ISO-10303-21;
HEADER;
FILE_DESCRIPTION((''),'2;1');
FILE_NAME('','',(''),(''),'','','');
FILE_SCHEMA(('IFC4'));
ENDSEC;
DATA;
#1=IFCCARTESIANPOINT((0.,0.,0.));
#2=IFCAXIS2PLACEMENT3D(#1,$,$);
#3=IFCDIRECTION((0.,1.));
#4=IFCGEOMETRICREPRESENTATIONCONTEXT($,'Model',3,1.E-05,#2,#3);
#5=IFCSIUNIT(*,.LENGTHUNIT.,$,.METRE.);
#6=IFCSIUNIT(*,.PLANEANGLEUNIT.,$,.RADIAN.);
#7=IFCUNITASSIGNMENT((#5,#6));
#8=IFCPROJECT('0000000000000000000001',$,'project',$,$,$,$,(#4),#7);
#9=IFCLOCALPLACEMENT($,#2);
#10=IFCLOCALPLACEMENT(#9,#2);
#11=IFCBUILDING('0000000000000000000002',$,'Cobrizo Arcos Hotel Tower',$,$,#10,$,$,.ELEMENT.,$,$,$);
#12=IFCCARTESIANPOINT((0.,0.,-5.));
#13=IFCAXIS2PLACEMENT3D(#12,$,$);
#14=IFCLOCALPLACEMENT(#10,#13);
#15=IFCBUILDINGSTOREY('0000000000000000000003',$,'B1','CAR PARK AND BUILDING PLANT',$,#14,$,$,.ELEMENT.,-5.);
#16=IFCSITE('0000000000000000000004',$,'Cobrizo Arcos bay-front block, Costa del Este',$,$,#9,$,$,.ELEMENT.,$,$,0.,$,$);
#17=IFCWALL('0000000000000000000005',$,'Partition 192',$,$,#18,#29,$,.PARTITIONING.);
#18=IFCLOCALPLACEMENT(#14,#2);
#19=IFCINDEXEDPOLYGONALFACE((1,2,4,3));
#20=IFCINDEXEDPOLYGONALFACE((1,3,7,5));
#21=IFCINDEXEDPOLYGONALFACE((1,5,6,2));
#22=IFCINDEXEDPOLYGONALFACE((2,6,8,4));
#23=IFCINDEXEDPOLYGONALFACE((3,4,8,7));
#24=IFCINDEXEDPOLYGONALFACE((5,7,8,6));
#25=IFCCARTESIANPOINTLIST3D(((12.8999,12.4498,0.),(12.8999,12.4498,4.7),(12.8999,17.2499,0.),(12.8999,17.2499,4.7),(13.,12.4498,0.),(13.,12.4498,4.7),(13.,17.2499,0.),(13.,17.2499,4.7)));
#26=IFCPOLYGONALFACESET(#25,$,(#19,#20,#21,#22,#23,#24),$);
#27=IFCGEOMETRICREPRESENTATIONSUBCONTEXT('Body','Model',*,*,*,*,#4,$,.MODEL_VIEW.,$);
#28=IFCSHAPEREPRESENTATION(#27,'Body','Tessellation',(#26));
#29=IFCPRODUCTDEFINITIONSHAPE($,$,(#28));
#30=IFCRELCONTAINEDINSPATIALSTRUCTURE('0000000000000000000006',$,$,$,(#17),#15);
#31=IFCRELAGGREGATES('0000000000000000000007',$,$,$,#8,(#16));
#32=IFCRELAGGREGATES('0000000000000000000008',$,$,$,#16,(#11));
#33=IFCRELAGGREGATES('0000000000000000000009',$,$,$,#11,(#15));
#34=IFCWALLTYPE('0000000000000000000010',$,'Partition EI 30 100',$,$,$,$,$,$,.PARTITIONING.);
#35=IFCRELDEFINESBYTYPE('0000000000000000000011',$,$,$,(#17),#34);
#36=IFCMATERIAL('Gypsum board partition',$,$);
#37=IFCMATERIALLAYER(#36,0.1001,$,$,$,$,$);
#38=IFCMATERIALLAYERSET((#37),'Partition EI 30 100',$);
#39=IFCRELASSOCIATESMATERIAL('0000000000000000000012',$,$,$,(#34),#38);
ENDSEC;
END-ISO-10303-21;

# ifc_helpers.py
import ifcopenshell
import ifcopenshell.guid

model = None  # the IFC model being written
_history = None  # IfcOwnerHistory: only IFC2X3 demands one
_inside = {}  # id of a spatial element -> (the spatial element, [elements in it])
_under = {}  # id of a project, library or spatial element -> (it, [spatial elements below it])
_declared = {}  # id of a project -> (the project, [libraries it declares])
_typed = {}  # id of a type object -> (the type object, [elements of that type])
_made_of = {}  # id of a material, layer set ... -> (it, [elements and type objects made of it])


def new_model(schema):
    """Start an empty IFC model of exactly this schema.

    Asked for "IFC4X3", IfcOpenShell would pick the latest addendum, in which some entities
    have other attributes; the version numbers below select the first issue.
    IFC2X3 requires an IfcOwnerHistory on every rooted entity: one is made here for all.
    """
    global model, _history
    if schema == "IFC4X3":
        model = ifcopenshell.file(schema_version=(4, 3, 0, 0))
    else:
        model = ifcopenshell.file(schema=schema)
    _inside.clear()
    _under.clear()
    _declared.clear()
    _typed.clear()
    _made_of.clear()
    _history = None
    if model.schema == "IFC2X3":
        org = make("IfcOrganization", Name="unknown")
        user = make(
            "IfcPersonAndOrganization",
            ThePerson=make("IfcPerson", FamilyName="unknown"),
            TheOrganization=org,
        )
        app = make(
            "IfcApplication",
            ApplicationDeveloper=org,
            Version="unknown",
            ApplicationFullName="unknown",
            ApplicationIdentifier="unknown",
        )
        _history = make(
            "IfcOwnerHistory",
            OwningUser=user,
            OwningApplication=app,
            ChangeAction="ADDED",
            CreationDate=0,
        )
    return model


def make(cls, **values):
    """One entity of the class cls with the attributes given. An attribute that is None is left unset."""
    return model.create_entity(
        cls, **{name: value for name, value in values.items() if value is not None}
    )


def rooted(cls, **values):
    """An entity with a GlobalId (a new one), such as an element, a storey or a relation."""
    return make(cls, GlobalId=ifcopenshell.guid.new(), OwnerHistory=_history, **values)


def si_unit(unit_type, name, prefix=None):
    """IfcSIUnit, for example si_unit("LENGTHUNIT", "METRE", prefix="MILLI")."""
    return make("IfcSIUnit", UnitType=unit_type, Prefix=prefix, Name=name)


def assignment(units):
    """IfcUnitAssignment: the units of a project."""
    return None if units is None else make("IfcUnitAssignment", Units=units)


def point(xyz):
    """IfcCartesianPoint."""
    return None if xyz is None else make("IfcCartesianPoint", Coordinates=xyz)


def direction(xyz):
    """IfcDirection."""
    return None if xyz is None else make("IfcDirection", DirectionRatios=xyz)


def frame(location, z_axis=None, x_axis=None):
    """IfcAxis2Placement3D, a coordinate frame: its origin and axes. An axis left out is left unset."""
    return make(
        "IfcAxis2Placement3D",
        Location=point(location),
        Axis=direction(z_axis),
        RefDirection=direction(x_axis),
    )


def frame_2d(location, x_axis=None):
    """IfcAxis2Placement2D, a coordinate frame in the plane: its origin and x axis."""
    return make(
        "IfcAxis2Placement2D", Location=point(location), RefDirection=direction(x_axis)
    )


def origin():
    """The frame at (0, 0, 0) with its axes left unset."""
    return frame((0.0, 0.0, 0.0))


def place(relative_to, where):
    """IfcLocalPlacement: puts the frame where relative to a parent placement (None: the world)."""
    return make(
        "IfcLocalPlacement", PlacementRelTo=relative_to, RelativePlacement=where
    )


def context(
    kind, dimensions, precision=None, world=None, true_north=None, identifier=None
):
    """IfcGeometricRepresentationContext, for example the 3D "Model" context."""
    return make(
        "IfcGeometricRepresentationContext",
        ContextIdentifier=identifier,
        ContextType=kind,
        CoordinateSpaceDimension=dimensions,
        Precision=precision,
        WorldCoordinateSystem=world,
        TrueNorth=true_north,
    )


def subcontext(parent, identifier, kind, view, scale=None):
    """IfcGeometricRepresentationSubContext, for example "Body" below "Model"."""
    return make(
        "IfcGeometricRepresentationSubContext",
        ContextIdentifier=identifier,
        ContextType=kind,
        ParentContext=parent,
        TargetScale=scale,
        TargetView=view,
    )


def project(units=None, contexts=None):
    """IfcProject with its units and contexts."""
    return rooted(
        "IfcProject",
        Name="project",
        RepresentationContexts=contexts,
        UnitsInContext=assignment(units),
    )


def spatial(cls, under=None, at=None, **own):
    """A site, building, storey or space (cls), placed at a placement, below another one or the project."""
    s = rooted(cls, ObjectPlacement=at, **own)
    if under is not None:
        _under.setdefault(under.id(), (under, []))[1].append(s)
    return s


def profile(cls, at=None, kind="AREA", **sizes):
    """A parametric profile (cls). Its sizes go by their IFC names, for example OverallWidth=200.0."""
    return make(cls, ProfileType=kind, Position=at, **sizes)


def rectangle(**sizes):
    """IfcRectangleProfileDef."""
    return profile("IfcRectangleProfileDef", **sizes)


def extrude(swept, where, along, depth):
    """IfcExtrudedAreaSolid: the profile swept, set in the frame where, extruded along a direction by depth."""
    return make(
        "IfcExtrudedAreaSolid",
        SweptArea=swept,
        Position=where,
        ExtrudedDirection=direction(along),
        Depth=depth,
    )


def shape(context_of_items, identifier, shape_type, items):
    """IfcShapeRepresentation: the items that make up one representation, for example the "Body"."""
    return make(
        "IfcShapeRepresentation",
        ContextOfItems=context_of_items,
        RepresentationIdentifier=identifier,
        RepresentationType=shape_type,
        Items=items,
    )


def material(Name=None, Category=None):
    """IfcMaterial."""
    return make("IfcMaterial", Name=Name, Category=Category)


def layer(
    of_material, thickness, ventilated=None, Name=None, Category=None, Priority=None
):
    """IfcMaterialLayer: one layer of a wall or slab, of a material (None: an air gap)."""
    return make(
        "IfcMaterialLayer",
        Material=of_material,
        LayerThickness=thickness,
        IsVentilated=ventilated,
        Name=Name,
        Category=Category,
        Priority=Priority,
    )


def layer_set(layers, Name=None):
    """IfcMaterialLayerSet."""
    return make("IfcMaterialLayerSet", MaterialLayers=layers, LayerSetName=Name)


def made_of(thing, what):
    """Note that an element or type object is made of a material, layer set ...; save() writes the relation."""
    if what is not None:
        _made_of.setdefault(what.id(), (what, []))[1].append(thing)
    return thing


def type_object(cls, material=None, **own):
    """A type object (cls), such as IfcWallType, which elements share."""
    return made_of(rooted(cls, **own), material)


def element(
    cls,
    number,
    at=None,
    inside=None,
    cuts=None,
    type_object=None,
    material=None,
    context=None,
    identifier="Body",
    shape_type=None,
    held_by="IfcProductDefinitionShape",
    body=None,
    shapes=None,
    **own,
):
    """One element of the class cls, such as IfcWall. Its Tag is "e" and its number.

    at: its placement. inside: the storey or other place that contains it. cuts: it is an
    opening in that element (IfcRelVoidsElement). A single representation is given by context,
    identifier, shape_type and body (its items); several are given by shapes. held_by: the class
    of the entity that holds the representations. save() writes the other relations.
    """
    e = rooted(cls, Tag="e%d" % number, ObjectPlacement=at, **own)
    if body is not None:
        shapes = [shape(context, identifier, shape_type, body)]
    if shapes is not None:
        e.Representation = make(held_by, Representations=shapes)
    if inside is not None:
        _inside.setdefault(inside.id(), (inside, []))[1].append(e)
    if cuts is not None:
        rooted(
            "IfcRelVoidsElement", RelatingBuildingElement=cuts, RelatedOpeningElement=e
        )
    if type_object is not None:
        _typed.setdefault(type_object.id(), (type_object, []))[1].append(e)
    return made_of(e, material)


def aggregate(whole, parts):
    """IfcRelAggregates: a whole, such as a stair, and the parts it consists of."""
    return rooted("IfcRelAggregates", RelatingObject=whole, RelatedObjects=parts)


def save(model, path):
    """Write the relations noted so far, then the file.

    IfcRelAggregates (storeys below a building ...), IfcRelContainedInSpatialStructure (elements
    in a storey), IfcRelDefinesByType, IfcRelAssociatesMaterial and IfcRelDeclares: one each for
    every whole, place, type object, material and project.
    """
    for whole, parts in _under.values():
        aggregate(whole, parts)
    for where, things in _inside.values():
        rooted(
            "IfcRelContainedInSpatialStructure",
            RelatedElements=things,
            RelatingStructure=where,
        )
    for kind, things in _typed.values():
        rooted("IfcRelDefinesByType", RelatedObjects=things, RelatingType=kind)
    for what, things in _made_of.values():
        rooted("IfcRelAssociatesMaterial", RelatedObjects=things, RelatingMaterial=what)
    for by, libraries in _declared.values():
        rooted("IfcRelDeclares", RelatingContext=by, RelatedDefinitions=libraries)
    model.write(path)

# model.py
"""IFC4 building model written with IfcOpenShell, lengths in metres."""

from ifc_helpers import new_model, si_unit, direction, frame, frame_2d, origin, place, context, subcontext, project, spatial, rectangle, extrude, material, layer, layer_set, type_object, element, save


model = new_model("IFC4")

# Units and contexts
model_context = context("Model", 3, precision=1e-05, world=origin(), true_north=direction((0.0, 1.0)))
body_context = subcontext(model_context, "Body", "Model", "MODEL_VIEW")
ifc_project = project(units=[si_unit("LENGTHUNIT", "METRE"), si_unit("PLANEANGLEUNIT", "RADIAN")], contexts=[model_context])

# Site, building, storey
site_placement = place(None, origin())
site = spatial("IfcSite", under=ifc_project, at=site_placement, Name="Cobrizo Arcos bay-front block, Costa del Este", CompositionType="ELEMENT", RefElevation=0.0)
building_placement = place(site_placement, origin())
building = spatial("IfcBuilding", under=site, at=building_placement, Name="Cobrizo Arcos Hotel Tower", CompositionType="ELEMENT")
storey_placement = place(building_placement, frame((0.0, 0.0, -5.0)))
storey = spatial("IfcBuildingStorey", under=building, at=storey_placement, Name="B1", Description="CAR PARK AND BUILDING PLANT", CompositionType="ELEMENT", Elevation=-5.0)

# Shared definitions
ifc_material_1 = material(Name="Gypsum board partition")

# Wall
ifc_layer_1 = layer(ifc_material_1, 0.1001)
ifc_layer_set_1 = layer_set([ifc_layer_1], Name="Partition EI 30 100")
wall_type_1 = type_object("IfcWallType", Name="Partition EI 30 100", PredefinedType="PARTITIONING", material=ifc_layer_set_1)
for number, where, z_axis, x_axis, name in (
    (1, (12.95, 12.45, 0.0), (0.0, 0.0, 1.0), (0.0, 1.0, 0.0), "Partition 192"),
):
    element("IfcWall", number, at=place(storey_placement, frame(where, z_axis=z_axis, x_axis=x_axis)), inside=storey, type_object=wall_type_1, Name=name, PredefinedType="PARTITIONING", context=body_context, shape_type="SweptSolid", body=[
        extrude(rectangle(XDim=4.8, YDim=0.1001, at=frame_2d((2.3999, 0.0))), origin(), (0.0, 0.0, 1.0), 4.7),
    ])

save(model, "model.ifc")
